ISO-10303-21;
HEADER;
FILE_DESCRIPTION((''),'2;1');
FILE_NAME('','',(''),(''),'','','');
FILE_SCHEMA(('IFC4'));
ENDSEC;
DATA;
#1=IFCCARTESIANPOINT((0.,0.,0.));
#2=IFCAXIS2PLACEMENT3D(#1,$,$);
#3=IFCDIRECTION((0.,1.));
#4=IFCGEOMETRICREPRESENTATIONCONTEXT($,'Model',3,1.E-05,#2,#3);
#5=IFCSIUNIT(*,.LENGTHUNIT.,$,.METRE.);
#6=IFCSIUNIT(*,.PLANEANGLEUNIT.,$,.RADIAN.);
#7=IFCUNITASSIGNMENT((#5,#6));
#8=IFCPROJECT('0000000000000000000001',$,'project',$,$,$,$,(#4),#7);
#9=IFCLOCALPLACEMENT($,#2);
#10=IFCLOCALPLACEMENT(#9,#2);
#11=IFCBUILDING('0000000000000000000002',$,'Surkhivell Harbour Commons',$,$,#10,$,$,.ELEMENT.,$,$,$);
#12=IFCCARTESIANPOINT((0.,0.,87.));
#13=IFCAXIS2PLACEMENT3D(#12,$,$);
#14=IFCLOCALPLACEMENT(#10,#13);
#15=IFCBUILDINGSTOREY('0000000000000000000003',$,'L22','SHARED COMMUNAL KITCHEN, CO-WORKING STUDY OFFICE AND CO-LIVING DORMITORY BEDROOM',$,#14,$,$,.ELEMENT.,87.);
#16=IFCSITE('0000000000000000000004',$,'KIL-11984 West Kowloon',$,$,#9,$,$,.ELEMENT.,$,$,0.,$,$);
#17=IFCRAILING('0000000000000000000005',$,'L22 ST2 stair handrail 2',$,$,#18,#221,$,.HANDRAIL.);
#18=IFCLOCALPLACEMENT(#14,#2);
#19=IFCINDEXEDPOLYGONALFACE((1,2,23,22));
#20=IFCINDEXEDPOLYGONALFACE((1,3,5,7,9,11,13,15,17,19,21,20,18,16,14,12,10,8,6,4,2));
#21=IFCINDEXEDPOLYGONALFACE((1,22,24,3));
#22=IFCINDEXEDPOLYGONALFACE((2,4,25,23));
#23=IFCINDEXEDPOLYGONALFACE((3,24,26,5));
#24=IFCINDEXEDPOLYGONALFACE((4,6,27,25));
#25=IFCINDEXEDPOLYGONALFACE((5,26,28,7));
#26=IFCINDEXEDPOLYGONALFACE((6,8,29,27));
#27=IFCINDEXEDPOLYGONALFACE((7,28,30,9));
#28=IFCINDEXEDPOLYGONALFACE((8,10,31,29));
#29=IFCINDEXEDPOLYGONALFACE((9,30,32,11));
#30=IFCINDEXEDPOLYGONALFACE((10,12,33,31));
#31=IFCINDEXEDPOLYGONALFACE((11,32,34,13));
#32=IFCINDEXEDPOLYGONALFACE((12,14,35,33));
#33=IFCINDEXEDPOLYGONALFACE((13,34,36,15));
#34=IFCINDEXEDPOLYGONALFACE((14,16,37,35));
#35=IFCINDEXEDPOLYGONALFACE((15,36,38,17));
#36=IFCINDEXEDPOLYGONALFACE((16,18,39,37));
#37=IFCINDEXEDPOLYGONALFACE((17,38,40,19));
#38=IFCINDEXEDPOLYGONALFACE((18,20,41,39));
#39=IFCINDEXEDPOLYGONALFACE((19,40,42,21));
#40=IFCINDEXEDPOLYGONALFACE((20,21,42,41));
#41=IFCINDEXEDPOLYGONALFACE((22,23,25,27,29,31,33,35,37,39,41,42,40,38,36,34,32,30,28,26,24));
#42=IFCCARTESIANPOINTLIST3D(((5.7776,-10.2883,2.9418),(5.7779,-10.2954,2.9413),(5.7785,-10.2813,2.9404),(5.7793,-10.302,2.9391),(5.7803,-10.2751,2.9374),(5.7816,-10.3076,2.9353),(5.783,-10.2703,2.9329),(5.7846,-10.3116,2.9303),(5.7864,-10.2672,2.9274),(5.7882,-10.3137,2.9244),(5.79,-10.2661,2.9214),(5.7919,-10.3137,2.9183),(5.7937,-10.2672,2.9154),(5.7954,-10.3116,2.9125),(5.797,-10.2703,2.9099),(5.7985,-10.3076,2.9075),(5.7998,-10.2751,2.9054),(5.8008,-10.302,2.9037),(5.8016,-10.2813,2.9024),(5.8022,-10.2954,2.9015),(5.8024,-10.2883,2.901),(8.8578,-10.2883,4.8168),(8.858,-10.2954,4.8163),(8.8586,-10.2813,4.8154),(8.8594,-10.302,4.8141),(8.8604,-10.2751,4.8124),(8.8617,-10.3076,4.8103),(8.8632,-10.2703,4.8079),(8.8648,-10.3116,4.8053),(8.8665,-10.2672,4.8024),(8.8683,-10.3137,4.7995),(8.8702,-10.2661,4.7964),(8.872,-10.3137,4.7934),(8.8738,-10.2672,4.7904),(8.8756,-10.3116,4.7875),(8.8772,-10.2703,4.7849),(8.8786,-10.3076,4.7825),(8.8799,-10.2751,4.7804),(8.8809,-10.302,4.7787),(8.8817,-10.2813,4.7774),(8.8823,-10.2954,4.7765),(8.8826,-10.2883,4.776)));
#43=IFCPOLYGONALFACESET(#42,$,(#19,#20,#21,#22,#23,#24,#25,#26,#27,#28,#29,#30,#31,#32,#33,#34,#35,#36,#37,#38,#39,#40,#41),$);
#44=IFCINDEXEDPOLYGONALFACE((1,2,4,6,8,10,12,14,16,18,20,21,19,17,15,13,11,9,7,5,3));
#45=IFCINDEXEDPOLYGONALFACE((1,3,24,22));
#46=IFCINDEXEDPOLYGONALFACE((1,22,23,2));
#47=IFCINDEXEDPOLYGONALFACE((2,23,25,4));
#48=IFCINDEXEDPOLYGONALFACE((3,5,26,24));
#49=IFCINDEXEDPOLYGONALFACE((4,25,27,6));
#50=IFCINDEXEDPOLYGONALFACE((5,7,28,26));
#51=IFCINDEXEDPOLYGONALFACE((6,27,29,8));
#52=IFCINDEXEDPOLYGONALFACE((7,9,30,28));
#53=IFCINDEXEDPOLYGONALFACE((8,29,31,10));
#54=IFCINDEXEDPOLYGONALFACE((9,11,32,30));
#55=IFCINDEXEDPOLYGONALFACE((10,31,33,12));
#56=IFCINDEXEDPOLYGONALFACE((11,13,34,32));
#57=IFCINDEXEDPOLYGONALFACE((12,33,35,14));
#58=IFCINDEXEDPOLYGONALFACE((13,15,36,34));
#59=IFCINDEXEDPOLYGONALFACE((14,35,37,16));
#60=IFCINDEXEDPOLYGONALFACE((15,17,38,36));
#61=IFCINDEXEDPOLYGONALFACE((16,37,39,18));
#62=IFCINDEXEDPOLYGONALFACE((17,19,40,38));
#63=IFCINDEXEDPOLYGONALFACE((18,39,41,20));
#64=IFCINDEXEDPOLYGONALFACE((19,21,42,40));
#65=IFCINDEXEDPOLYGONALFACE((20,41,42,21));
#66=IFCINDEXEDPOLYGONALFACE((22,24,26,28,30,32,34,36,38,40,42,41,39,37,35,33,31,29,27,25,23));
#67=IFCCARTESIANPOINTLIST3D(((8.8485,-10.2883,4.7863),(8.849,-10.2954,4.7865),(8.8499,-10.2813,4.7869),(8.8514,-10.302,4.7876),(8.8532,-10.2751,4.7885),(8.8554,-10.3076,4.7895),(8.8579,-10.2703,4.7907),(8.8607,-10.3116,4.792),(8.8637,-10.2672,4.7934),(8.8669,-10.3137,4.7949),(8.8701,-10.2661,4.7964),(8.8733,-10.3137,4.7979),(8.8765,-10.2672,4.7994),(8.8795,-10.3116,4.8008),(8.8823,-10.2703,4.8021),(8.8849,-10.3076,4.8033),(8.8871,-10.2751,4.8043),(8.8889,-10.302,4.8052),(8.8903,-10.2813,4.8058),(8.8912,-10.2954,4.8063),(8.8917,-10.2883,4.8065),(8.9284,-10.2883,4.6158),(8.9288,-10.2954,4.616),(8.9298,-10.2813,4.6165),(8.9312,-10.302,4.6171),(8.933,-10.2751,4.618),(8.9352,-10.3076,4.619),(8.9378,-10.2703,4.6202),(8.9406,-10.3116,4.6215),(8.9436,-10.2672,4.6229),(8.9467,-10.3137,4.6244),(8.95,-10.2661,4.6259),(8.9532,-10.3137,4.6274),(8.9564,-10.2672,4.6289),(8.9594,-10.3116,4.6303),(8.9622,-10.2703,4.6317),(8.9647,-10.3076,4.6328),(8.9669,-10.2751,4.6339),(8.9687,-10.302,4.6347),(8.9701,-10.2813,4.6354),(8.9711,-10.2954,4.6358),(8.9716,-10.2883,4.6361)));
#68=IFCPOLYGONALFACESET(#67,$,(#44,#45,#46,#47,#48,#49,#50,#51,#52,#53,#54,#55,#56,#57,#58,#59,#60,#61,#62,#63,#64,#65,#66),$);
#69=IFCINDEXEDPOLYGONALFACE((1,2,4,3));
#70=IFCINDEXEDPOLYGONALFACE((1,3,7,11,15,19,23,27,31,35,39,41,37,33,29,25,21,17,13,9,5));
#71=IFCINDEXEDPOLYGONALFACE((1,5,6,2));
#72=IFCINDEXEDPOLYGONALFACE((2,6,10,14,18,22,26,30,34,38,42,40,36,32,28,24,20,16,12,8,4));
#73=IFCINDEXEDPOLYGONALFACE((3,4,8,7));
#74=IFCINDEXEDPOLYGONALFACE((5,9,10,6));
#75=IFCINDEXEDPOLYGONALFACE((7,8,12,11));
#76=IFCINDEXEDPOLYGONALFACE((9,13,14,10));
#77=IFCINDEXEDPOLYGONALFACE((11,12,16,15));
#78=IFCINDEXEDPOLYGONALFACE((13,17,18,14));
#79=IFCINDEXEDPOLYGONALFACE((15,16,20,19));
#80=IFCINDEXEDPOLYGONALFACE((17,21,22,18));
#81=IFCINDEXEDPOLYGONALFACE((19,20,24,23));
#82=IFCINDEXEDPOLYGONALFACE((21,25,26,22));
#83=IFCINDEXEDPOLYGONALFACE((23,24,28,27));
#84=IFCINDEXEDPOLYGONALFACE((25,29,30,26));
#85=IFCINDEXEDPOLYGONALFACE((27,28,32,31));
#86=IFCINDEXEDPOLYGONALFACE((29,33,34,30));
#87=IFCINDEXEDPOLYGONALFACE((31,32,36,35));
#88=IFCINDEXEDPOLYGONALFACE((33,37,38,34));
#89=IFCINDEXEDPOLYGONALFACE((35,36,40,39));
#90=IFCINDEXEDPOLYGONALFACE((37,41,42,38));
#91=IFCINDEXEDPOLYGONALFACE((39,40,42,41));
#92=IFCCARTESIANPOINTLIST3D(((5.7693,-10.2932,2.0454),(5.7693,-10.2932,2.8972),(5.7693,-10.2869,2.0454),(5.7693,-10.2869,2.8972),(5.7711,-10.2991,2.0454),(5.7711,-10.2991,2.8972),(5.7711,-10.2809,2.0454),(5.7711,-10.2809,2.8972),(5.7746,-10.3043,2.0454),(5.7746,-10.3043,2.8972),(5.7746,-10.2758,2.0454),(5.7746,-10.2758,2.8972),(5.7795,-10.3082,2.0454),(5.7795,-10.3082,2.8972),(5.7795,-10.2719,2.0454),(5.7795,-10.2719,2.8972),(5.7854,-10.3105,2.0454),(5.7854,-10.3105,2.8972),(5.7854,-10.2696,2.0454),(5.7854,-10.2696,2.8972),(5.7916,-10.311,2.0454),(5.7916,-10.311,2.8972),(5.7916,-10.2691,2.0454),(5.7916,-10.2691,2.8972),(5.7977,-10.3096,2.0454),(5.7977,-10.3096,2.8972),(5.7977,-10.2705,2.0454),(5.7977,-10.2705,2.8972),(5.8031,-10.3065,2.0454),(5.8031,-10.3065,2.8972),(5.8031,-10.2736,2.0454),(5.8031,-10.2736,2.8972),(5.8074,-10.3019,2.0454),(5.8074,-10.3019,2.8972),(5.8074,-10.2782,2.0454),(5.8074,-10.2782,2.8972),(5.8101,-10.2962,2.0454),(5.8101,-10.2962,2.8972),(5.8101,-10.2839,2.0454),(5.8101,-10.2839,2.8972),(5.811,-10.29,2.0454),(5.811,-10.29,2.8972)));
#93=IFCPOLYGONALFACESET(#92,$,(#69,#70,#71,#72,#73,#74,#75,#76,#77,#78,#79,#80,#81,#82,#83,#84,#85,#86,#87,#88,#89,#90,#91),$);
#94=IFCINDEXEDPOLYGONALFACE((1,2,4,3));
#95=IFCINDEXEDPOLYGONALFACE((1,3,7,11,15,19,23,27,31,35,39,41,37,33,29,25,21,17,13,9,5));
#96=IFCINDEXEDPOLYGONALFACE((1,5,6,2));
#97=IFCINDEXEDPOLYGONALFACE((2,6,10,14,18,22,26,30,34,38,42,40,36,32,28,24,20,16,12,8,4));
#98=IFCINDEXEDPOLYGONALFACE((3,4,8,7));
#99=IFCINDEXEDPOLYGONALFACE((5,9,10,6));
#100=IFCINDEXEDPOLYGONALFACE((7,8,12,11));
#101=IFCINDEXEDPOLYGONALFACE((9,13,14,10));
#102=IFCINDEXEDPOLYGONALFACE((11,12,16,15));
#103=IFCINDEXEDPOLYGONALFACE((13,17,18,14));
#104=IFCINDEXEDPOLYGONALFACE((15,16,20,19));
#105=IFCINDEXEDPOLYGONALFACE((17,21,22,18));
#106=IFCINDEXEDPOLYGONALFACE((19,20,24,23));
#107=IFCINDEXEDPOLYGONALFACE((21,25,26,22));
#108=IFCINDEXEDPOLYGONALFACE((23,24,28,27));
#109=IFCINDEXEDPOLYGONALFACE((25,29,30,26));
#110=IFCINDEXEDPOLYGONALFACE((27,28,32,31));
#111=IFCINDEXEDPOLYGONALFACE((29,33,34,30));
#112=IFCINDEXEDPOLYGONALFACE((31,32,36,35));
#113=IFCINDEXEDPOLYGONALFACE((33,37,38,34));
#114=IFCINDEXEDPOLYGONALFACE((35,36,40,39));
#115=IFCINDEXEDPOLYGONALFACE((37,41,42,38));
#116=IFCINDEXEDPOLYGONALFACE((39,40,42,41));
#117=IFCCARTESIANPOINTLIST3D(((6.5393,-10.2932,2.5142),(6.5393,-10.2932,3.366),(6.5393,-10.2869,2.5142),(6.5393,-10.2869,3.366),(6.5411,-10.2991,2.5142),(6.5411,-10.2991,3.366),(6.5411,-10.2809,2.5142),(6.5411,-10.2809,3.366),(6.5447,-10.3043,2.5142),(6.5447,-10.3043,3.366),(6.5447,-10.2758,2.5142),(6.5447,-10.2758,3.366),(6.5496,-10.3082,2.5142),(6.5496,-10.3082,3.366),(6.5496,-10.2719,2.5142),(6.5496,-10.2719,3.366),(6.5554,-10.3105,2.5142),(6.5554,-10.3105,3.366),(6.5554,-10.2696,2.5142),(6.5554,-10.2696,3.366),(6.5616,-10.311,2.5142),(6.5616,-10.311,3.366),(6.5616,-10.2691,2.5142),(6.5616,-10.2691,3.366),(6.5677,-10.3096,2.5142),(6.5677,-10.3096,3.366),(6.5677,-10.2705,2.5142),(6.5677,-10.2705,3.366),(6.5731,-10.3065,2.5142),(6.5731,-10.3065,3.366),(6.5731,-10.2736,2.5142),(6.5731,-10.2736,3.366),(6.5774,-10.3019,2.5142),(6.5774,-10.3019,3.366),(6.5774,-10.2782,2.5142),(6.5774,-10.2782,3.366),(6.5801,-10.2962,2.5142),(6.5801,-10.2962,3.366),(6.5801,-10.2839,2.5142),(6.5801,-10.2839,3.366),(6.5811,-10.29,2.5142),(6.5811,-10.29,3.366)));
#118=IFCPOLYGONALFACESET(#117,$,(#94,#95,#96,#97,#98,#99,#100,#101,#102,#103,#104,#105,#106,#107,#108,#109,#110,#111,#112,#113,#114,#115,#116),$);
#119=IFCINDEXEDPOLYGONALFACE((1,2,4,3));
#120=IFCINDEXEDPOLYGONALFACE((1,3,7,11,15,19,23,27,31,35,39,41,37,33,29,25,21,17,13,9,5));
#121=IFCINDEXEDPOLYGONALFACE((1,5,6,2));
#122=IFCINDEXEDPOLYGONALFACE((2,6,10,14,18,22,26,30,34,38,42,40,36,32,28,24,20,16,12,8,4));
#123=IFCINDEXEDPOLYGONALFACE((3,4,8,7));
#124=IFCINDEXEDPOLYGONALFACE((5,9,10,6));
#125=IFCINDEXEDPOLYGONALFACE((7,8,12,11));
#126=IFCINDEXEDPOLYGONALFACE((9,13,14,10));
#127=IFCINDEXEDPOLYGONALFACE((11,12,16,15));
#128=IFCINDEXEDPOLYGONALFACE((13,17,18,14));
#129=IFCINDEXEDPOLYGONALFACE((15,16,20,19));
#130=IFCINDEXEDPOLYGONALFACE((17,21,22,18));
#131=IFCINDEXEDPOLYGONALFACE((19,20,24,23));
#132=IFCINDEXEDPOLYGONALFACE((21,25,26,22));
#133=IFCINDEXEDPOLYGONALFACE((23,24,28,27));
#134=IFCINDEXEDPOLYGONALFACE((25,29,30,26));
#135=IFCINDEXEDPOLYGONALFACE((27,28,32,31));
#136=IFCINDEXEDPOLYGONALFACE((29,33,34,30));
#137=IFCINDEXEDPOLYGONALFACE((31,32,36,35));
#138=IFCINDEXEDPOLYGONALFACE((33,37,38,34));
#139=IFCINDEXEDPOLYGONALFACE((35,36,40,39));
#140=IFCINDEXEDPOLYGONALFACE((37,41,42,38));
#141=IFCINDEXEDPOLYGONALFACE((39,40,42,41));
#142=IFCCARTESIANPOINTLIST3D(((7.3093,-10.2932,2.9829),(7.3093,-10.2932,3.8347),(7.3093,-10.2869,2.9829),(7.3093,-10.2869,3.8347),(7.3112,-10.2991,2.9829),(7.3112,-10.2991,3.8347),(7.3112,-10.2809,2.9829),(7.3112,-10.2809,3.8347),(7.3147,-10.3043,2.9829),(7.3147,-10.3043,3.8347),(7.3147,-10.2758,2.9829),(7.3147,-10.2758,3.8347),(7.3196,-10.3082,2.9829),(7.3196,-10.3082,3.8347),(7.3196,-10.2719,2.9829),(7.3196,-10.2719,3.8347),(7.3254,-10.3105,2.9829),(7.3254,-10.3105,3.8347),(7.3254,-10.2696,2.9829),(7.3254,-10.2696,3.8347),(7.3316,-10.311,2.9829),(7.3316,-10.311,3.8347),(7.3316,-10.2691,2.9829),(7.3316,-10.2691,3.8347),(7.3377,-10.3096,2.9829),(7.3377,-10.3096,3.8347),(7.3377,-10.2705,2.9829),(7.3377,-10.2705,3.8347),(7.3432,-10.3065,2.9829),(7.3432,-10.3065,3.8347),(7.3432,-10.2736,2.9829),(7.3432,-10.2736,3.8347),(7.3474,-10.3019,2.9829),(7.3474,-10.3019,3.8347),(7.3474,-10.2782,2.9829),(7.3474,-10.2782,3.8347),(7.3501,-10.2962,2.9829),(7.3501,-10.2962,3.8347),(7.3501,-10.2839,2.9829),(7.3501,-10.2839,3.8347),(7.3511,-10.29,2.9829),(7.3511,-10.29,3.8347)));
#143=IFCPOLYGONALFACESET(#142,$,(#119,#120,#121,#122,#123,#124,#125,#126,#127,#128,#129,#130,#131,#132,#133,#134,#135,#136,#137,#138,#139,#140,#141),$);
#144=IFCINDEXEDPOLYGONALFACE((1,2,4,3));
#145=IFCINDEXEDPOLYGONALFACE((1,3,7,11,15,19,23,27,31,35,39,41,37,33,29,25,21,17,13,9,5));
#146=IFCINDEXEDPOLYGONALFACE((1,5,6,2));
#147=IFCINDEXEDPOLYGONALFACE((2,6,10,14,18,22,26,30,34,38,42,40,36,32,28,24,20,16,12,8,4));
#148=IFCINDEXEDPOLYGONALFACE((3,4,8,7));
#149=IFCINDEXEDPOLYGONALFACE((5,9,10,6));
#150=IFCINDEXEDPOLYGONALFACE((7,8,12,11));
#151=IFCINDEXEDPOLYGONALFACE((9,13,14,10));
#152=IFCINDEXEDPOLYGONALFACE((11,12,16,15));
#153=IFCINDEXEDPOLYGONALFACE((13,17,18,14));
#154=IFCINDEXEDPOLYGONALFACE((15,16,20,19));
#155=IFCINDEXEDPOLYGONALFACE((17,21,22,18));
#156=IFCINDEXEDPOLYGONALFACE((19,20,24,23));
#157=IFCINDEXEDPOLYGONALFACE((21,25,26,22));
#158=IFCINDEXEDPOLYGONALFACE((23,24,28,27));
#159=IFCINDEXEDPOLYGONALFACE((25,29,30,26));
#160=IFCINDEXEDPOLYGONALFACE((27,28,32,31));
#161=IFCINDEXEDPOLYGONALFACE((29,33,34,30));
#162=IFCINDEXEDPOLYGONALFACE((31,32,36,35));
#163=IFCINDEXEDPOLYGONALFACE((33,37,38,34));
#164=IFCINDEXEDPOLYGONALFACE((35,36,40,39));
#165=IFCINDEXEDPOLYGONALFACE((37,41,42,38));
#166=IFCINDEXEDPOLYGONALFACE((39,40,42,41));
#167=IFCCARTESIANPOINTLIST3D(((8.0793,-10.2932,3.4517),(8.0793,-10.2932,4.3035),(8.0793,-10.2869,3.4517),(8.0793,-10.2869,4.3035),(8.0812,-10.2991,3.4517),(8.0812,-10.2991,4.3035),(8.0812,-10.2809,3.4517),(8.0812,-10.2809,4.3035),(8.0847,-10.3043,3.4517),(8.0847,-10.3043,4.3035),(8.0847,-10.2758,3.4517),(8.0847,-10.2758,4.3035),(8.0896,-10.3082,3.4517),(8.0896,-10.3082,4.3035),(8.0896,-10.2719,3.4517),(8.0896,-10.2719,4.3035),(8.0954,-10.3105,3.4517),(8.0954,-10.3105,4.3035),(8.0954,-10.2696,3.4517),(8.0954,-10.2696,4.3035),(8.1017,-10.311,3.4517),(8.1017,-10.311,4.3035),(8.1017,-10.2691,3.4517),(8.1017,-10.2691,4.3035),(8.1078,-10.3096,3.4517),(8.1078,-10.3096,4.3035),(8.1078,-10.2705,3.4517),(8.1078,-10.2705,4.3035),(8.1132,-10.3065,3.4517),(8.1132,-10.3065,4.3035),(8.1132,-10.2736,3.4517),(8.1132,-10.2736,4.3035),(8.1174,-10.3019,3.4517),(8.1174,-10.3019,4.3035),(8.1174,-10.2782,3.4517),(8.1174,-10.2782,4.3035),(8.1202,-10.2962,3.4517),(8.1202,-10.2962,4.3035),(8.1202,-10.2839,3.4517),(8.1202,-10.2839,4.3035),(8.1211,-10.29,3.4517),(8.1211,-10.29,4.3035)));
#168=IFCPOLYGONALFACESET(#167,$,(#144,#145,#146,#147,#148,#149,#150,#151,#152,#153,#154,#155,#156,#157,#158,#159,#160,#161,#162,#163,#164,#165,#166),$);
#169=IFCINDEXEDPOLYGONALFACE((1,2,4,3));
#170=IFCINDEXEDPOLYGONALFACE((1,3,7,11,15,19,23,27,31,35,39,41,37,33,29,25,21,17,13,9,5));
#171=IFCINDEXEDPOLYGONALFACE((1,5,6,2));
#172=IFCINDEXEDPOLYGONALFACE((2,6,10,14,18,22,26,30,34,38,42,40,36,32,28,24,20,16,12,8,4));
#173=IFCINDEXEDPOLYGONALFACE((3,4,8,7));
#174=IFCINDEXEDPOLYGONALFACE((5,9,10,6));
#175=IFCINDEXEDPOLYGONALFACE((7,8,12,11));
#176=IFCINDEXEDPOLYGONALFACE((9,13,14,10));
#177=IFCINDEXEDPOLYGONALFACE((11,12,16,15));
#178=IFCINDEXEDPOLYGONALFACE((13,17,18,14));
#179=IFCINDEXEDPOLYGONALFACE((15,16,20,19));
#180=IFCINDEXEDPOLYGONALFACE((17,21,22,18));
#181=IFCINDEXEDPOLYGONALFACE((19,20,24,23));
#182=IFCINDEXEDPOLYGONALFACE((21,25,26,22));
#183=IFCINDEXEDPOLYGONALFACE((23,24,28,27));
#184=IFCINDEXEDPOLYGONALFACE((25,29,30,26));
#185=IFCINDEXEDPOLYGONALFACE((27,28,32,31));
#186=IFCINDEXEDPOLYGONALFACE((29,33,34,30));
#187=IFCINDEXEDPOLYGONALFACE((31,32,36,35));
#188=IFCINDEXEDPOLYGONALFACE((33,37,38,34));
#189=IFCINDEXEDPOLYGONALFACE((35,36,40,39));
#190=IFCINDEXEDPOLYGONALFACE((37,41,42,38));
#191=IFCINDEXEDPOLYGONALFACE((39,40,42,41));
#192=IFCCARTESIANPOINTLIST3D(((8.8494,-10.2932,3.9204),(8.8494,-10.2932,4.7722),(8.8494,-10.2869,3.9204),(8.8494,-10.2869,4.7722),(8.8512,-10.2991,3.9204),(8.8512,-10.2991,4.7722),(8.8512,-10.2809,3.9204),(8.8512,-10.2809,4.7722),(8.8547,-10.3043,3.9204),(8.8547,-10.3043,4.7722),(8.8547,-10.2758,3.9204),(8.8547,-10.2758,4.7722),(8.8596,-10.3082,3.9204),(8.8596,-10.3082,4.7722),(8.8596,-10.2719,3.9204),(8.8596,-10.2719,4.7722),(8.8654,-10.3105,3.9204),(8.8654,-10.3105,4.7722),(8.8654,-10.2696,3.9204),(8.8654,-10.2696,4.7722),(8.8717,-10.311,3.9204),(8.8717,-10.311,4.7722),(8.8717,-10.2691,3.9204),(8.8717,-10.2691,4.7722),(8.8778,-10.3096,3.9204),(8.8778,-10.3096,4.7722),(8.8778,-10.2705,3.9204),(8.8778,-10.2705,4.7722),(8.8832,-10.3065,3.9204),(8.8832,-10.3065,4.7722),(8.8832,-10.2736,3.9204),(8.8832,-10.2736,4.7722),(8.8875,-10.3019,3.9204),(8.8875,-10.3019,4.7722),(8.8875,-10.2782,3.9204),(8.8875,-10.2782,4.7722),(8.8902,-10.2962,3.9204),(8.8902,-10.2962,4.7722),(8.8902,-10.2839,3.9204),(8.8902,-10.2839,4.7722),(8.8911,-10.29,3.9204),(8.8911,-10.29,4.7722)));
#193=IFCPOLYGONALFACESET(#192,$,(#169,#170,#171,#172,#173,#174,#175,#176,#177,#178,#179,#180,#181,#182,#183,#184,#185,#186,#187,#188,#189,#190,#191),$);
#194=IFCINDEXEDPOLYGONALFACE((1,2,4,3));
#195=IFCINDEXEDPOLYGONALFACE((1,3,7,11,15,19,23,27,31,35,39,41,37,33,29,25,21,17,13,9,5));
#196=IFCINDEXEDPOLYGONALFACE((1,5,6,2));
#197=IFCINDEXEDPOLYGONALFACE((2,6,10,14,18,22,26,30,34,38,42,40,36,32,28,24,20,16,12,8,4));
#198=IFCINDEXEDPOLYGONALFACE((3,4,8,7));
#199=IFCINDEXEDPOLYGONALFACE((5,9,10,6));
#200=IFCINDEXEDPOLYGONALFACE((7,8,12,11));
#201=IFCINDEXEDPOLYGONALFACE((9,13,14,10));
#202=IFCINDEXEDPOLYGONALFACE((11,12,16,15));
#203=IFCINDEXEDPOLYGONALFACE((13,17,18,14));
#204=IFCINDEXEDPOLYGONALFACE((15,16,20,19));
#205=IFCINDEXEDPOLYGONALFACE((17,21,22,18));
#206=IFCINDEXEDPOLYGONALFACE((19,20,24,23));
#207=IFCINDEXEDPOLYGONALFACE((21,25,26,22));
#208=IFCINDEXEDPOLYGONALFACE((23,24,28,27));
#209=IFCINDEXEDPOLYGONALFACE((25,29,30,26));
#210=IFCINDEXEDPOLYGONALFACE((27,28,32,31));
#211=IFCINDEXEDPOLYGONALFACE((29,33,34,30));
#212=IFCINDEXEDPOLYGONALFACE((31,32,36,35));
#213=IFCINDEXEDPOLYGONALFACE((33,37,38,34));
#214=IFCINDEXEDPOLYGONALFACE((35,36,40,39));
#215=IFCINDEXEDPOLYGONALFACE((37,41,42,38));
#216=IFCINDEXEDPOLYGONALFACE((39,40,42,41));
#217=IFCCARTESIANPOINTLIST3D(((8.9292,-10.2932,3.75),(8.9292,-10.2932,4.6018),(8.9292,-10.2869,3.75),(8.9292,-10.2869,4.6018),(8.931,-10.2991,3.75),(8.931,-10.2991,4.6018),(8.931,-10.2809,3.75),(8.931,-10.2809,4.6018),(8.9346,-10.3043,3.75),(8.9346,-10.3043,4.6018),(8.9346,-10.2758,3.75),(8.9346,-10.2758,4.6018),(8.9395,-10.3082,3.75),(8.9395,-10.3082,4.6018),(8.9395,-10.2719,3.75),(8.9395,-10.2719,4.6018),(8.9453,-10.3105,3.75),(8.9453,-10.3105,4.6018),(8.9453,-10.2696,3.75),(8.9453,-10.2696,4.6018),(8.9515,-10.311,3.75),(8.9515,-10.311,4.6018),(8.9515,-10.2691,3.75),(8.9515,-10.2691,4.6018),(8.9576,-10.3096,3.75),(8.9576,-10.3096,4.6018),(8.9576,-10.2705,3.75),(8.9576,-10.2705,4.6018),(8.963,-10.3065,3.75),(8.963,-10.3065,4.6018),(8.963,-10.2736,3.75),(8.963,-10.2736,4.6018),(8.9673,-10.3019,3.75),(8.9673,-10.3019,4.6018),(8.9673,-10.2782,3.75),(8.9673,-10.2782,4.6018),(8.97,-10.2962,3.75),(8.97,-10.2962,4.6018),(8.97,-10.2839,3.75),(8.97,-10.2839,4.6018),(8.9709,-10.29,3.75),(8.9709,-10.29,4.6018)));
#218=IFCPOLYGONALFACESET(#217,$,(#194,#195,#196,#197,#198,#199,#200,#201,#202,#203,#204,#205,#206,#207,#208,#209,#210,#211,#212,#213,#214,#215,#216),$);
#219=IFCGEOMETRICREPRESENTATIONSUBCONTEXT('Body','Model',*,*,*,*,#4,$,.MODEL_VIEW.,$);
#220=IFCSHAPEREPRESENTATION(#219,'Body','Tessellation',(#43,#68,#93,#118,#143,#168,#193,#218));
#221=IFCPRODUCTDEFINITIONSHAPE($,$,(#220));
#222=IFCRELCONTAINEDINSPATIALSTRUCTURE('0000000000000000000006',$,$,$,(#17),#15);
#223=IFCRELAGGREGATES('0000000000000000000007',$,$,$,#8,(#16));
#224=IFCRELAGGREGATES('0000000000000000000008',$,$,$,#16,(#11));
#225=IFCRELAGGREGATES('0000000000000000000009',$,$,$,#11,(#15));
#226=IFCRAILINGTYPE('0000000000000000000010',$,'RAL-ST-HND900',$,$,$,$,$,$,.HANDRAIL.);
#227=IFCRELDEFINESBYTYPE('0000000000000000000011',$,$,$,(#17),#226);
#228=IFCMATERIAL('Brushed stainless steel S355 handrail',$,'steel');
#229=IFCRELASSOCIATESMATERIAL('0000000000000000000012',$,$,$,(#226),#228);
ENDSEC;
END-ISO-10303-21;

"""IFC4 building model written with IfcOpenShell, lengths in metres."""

from ifc_helpers import new_model, si_unit, direction, frame, origin, origin_2d, place, context, subcontext, project, spatial, circle, extrude, material, type_object, element, save


model = new_model("IFC4")

# Units and contexts
model_context = context("Model", 3, precision=1e-05, world=origin(), true_north=direction((0.0, 1.0)))
body_context = subcontext(model_context, "Body", "Model", "MODEL_VIEW")
ifc_project = project(units=[si_unit("LENGTHUNIT", "METRE"), si_unit("PLANEANGLEUNIT", "RADIAN")], contexts=[model_context])

# Site, building, storey
site_placement = place(None, origin())
site = spatial("IfcSite", under=ifc_project, at=site_placement, Name="KIL-11984 West Kowloon", CompositionType="ELEMENT", RefElevation=0.0)
building_placement = place(site_placement, origin())
building = spatial("IfcBuilding", under=site, at=building_placement, Name="Surkhivell Harbour Commons", CompositionType="ELEMENT")
storey_placement = place(building_placement, frame((0.0, 0.0, 87.0)))
storey = spatial("IfcBuildingStorey", under=building, at=storey_placement, Name="L22", Description="SHARED COMMUNAL KITCHEN, CO-WORKING STUDY OFFICE AND CO-LIVING DORMITORY BEDROOM", CompositionType="ELEMENT", Elevation=87.0)

# Railing
ifc_material_1 = material(Name="Brushed stainless steel S355 handrail", Category="steel")
railing_type_1 = type_object("IfcRailingType", Name="RAL-ST-HND900", PredefinedType="HANDRAIL", material=ifc_material_1)
railing_1_placement = place(storey_placement, frame((5.79, -10.29, 2.0454)))
element("IfcRailing", 1, at=railing_1_placement, inside=storey, type_object=railing_type_1, Name="L22 ST2 stair handrail 2", PredefinedType="HANDRAIL", context=body_context, shape_type="SweptSolid", body=[
    extrude(circle(Radius=0.0239, at=origin_2d()), frame((0.0, 0.0, 0.876), z_axis=(0.854178, 0.0, 0.519981), x_axis=(0.0, 1.0, 0.0)), (0.0, 0.0, 1.0), 3.606),
    extrude(circle(Radius=0.0239, at=origin_2d()), frame((3.0801, 0.0, 2.751), z_axis=(0.424234, 0.0, -0.905552), x_axis=(0.0, 1.0, 0.0)), (0.0, 0.0, 1.0), 0.1882),
    extrude(circle(Radius=0.021, at=origin_2d()), origin(), (0.0, 0.0, 1.0), 0.8518),
    extrude(circle(Radius=0.021, at=origin_2d()), frame((0.77, 0.0, 0.4688)), (0.0, 0.0, 1.0), 0.8518),
    extrude(circle(Radius=0.021, at=origin_2d()), frame((1.54, 0.0, 0.9375)), (0.0, 0.0, 1.0), 0.8518),
    extrude(circle(Radius=0.021, at=origin_2d()), frame((2.3101, 0.0, 1.4062)), (0.0, 0.0, 1.0), 0.8518),
    extrude(circle(Radius=0.021, at=origin_2d()), frame((3.0801, 0.0, 1.875)), (0.0, 0.0, 1.0), 0.8518),
    extrude(circle(Radius=0.021, at=origin_2d()), frame((3.1599, 0.0, 1.7046)), (0.0, 0.0, 1.0), 0.8518),
])

save(model, "model.ifc")
